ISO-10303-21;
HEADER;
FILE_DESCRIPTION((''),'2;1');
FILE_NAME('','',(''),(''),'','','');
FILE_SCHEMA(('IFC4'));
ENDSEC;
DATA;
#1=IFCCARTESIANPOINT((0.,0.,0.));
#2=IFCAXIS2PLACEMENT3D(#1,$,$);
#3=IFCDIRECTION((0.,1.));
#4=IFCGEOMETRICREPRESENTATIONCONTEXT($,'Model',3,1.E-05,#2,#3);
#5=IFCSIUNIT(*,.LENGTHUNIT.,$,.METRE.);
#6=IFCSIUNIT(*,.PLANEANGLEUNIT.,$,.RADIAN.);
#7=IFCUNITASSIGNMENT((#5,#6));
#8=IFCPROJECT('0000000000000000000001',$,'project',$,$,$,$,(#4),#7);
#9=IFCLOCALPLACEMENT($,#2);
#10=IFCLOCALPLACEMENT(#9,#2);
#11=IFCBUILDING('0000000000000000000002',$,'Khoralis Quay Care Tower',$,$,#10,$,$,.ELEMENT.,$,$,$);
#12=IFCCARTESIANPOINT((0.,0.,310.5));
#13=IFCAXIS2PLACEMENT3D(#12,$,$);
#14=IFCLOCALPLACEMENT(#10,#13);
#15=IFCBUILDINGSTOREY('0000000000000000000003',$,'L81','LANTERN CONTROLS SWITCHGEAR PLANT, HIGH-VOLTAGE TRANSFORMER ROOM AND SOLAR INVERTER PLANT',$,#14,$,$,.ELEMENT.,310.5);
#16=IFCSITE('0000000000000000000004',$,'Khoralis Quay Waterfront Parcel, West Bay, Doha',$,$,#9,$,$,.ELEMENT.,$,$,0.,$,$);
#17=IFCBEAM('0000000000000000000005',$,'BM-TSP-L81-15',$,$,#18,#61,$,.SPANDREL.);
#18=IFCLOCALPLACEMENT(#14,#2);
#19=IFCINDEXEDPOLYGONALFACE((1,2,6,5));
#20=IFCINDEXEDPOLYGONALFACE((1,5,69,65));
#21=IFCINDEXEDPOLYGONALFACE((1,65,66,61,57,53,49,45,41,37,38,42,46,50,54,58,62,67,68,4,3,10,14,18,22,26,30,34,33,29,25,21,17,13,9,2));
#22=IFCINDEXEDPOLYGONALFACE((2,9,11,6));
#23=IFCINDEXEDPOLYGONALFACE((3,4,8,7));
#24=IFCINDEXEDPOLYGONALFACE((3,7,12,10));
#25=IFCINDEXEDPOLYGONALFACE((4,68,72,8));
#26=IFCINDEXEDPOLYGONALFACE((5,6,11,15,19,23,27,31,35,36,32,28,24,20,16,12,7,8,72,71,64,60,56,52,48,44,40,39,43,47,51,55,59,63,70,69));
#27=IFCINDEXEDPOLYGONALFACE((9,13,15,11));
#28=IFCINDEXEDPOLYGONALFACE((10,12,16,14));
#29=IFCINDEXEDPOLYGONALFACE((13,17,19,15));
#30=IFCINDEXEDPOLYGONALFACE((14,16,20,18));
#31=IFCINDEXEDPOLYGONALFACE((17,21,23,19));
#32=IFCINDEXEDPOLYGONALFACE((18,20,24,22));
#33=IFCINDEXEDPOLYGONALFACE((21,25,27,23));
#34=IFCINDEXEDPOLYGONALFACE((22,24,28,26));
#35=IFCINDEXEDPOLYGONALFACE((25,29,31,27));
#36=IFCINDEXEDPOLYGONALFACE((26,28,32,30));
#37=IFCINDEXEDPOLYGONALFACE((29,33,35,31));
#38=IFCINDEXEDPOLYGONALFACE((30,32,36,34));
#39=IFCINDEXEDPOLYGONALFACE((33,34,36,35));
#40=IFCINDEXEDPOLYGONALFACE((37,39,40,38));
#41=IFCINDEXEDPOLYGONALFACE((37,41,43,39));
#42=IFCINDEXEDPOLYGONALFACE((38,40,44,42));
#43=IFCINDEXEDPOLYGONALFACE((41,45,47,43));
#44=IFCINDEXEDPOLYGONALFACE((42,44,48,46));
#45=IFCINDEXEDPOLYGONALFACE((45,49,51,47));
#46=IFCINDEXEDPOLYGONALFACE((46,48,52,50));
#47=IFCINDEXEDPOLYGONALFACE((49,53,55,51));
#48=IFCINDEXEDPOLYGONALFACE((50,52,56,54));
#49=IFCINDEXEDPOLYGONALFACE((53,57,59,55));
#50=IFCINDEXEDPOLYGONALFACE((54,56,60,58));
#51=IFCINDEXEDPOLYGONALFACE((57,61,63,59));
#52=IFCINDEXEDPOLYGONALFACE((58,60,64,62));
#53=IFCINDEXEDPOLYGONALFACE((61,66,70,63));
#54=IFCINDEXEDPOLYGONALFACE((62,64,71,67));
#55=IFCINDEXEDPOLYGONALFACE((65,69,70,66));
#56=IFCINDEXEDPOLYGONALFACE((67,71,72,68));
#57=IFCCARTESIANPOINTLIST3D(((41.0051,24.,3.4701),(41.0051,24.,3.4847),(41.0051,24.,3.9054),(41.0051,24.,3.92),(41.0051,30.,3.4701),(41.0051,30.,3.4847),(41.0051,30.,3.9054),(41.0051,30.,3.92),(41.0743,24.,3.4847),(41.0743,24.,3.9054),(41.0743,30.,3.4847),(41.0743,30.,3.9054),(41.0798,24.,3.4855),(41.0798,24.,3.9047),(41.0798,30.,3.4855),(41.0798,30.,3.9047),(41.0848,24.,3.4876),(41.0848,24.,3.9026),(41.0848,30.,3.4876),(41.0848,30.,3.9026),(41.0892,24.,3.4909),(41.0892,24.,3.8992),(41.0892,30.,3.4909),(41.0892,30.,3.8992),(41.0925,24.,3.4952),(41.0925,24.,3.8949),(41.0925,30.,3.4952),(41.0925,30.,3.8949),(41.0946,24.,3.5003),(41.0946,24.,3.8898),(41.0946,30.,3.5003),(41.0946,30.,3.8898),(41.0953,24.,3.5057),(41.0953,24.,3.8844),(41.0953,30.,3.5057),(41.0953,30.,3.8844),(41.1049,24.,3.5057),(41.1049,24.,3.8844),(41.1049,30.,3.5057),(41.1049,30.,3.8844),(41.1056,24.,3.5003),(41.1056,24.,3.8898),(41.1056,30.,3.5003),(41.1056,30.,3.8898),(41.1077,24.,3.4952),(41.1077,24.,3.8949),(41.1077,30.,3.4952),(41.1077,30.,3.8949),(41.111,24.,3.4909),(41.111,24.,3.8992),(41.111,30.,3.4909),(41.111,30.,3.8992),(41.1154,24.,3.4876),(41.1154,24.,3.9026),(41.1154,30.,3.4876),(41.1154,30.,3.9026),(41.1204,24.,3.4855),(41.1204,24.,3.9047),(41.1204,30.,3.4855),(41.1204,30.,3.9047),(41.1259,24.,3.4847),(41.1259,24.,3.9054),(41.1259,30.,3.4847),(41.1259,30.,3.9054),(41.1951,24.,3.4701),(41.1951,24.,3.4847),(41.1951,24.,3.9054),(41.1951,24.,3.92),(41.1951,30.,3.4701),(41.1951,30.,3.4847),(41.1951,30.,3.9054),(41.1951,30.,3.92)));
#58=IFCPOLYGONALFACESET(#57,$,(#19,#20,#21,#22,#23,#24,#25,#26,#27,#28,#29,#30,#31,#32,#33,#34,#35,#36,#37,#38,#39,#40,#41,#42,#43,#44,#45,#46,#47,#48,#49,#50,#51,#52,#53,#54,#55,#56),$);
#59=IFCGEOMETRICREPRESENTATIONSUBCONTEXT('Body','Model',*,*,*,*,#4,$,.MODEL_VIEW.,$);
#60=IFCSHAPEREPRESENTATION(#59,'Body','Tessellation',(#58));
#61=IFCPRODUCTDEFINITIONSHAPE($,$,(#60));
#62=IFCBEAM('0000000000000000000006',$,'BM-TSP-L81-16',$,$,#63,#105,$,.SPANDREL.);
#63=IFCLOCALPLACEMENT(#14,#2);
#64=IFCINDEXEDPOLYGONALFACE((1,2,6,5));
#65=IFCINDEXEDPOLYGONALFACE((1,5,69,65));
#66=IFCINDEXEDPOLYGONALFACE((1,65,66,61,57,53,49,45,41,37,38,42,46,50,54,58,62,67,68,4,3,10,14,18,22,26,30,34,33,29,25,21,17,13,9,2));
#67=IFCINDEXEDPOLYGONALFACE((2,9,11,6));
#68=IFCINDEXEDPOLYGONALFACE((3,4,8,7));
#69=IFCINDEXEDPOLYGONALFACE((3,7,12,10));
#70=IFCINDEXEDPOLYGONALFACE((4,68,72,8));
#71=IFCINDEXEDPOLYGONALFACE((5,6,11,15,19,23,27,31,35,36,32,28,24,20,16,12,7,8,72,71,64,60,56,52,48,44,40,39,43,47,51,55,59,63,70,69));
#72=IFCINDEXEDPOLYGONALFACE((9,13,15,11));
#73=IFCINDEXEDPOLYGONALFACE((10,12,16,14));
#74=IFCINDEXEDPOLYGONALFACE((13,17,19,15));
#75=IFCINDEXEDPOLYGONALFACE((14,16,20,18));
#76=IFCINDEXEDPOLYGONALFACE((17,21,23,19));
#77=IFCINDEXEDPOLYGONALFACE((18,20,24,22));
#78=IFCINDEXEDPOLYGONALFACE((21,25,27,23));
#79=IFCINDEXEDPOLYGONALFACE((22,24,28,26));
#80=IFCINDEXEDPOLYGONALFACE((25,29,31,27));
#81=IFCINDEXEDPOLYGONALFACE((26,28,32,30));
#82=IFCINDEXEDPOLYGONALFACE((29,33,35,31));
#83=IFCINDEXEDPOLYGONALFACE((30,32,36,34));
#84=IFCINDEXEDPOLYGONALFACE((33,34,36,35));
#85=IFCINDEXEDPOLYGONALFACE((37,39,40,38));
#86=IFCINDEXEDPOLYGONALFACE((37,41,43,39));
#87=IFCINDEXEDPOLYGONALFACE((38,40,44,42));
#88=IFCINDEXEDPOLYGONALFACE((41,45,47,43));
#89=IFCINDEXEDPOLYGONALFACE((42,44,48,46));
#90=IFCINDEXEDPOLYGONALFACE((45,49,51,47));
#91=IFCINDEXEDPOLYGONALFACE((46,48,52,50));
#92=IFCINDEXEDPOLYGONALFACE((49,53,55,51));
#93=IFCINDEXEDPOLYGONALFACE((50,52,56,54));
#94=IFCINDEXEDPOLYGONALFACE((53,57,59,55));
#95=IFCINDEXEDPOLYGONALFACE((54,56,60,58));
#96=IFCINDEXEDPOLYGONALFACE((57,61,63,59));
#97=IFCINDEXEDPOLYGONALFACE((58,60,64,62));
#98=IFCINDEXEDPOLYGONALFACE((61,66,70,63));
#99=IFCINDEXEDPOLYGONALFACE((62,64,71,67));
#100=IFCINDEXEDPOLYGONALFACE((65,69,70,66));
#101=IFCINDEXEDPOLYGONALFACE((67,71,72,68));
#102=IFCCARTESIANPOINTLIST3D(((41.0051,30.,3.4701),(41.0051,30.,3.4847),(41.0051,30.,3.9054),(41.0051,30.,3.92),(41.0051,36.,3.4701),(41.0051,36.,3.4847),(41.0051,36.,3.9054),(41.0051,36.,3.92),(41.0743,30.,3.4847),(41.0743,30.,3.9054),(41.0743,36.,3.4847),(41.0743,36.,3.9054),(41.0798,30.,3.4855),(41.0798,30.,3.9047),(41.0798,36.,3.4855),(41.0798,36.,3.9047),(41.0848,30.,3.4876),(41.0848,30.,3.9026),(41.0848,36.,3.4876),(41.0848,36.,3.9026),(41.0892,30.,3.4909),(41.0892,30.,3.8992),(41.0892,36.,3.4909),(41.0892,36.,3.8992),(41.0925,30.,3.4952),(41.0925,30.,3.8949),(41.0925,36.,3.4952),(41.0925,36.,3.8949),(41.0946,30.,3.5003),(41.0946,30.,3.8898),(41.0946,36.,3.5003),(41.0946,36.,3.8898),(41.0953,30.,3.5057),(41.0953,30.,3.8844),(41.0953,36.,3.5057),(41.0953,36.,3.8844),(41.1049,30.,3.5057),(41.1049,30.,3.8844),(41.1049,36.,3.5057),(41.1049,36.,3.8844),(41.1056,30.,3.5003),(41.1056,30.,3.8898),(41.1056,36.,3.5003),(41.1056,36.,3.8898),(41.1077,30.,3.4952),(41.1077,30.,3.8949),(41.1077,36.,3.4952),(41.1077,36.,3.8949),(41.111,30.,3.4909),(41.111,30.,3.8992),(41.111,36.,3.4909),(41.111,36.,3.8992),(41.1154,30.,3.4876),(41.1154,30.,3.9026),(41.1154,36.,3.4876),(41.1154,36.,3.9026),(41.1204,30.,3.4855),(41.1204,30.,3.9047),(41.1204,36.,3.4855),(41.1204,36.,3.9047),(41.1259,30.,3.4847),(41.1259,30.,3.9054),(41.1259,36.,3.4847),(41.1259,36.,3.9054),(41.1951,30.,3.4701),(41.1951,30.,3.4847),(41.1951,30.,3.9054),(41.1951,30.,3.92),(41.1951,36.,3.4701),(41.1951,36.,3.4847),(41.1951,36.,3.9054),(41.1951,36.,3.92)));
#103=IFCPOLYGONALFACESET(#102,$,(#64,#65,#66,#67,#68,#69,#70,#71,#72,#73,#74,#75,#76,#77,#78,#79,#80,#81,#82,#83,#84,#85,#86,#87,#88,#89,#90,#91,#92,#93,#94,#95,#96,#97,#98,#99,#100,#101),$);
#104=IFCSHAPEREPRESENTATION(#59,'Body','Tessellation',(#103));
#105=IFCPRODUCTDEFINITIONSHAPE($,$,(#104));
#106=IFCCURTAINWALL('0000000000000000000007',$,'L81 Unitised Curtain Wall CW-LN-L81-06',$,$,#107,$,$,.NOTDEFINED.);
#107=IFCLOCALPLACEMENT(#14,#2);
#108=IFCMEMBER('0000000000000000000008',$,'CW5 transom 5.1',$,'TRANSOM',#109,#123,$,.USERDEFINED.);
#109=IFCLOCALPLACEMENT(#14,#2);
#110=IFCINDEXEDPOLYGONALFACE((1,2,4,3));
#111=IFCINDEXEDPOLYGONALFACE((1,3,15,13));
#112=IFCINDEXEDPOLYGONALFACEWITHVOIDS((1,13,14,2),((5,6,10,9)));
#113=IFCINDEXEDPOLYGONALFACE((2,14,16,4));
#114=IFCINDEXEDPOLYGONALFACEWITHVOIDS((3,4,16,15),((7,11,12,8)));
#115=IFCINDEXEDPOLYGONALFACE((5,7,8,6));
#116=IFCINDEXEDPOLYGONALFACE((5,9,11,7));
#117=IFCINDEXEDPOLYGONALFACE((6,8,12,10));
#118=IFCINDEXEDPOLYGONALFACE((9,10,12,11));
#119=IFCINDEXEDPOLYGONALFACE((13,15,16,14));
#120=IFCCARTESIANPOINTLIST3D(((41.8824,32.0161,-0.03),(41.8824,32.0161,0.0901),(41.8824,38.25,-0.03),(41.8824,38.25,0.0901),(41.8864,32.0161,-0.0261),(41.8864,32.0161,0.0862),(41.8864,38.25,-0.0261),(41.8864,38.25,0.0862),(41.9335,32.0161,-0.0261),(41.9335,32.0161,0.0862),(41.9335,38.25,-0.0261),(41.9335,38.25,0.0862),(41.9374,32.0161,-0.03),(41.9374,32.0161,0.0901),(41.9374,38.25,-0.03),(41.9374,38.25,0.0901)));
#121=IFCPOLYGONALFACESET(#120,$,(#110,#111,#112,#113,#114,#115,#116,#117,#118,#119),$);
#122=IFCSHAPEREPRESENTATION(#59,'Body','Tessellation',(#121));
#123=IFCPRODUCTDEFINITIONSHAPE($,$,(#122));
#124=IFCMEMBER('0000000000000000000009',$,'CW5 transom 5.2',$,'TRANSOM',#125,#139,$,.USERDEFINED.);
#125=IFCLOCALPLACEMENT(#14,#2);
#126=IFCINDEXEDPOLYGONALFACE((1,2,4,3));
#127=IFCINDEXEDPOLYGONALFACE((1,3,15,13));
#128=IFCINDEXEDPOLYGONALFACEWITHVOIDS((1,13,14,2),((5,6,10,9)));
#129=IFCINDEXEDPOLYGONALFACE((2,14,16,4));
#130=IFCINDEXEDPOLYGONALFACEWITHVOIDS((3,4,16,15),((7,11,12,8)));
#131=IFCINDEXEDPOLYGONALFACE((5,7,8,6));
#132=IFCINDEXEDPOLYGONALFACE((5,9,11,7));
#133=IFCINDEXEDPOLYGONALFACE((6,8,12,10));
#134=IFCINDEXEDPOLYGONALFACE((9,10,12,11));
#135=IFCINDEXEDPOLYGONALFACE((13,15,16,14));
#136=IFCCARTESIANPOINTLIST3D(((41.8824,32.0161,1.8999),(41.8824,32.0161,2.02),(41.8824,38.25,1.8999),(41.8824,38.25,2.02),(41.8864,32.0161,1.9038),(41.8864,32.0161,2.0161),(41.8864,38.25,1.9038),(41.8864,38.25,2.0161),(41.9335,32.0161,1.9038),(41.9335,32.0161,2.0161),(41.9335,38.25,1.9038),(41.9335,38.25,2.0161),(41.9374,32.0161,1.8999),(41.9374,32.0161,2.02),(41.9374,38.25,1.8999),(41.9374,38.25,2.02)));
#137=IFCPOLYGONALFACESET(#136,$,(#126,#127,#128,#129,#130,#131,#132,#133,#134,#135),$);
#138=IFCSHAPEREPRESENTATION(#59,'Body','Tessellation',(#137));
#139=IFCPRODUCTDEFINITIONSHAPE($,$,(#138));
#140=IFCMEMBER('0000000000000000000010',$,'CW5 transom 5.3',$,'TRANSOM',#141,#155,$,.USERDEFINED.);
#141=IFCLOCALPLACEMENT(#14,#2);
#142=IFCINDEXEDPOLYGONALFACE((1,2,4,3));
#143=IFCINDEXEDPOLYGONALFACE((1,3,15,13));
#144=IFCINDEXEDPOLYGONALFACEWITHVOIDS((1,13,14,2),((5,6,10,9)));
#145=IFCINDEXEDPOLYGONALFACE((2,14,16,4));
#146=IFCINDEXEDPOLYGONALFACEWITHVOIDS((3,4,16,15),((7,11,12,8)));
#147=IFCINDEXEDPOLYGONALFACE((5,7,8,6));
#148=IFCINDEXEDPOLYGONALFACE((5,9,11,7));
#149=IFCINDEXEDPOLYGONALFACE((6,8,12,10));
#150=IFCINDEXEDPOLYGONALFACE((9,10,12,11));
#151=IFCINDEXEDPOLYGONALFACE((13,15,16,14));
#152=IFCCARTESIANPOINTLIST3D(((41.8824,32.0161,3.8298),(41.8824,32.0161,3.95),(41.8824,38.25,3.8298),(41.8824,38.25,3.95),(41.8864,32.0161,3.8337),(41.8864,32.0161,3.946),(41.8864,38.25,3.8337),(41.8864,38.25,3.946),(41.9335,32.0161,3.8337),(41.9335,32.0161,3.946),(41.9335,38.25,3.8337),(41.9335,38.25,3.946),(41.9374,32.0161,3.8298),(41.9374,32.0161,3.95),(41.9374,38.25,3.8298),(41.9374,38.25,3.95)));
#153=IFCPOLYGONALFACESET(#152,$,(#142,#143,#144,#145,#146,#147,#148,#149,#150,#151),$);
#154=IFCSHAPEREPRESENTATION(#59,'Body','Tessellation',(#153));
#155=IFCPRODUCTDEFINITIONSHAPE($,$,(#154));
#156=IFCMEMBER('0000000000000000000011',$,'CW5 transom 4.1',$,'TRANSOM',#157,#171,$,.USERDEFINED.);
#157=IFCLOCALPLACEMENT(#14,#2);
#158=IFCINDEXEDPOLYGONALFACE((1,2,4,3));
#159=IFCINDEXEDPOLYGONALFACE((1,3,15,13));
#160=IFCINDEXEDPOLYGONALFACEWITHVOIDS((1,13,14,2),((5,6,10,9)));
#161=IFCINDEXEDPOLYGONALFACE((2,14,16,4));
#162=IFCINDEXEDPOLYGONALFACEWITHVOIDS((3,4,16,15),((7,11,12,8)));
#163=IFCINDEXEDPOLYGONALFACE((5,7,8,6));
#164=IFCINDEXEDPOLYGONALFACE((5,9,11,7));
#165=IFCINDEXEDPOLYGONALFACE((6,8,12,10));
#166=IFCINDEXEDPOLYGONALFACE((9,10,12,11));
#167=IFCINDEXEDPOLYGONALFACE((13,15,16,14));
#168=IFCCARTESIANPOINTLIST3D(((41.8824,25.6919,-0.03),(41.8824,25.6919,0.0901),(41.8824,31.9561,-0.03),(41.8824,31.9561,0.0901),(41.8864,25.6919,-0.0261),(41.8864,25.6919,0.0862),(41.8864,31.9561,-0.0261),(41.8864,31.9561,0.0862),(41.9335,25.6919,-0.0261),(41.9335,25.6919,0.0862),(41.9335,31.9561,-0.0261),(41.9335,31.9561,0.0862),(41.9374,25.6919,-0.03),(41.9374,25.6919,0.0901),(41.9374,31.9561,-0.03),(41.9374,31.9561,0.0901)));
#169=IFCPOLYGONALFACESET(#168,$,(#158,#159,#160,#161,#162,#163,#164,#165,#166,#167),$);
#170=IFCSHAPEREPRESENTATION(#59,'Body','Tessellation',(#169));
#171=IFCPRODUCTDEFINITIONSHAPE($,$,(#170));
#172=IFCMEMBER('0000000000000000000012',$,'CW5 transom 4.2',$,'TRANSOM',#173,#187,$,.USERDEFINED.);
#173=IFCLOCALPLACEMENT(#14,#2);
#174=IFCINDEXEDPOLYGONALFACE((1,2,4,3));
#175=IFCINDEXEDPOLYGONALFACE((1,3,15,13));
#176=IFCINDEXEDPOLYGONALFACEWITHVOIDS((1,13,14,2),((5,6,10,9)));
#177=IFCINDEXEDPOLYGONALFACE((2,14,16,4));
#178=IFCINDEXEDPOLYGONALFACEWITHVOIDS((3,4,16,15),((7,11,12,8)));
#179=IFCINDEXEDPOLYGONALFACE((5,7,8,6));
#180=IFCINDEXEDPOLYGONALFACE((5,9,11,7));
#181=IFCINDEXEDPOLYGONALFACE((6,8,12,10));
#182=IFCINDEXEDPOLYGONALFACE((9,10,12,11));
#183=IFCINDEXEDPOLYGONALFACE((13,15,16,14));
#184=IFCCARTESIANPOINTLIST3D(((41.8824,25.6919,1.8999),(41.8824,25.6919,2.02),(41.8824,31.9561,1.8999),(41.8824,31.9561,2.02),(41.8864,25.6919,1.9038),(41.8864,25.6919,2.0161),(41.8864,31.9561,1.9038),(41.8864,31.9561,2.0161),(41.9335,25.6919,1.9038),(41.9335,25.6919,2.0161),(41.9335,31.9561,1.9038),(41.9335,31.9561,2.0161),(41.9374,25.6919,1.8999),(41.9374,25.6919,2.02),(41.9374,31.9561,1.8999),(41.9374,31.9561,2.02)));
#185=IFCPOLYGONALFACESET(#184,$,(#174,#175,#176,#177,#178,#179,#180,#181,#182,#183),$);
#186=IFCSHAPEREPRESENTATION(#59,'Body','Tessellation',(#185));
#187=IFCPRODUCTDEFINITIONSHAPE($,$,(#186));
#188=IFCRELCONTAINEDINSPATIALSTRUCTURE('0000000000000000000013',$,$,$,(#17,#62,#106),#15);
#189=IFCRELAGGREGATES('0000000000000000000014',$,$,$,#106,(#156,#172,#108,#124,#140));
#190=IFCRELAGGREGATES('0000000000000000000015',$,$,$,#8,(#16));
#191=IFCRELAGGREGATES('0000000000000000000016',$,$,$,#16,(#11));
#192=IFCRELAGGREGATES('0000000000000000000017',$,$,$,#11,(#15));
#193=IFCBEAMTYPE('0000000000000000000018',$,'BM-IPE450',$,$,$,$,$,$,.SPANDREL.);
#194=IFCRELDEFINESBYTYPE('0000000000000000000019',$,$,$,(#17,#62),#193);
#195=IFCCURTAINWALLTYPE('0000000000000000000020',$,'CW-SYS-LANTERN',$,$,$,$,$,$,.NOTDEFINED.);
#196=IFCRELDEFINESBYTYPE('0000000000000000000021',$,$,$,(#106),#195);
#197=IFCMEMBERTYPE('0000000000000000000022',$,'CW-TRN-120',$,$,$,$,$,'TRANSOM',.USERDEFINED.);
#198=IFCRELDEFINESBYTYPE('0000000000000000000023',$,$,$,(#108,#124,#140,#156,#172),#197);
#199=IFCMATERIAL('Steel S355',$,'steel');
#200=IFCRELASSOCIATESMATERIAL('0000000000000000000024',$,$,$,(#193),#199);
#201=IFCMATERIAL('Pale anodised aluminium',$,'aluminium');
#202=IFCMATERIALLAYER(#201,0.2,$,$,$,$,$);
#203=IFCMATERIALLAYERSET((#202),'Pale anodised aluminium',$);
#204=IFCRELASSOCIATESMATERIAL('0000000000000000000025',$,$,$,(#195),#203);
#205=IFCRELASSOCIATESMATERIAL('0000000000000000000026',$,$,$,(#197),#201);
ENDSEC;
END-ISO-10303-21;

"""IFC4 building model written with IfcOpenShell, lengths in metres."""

from ifc_helpers import new_model, si_unit, direction, frame, origin, origin_2d, place, context, subcontext, project, spatial, hollow_rectangle, i_section, extrude, source, transform, mapped, material, layer, layer_set, material_profile, profile_set, type_object, element, aggregate, save


model = new_model("IFC4")

# Units and contexts
model_context = context("Model", 3, precision=1e-05, world=origin(), true_north=direction((0.0, 1.0)))
body_context = subcontext(model_context, "Body", "Model", "MODEL_VIEW")
ifc_project = project(units=[si_unit("LENGTHUNIT", "METRE"), si_unit("PLANEANGLEUNIT", "RADIAN")], contexts=[model_context])

# Site, building, storey
site_placement = place(None, origin())
site = spatial("IfcSite", under=ifc_project, at=site_placement, Name="Khoralis Quay Waterfront Parcel, West Bay, Doha", CompositionType="ELEMENT", RefElevation=0.0)
building_placement = place(site_placement, origin())
building = spatial("IfcBuilding", under=site, at=building_placement, Name="Khoralis Quay Care Tower", CompositionType="ELEMENT")
storey_placement = place(building_placement, frame((0.0, 0.0, 310.5)))
storey = spatial("IfcBuildingStorey", under=building, at=storey_placement, Name="L81", Description="LANTERN CONTROLS SWITCHGEAR PLANT, HIGH-VOLTAGE TRANSFORMER ROOM AND SOLAR INVERTER PLANT", CompositionType="ELEMENT", Elevation=310.5)

# Beams
ifc_material_1 = material(Name="Steel S355", Category="steel")
ifc_material_profile_1 = material_profile(ifc_material_1, i_section(OverallWidth=0.1899, OverallDepth=0.45, WebThickness=0.0095, FlangeThickness=0.0146, FilletRadius=0.021, at=origin_2d()), Name="Steel S355")
ifc_profile_set_1 = profile_set([ifc_material_profile_1], Name="Steel S355")
beam_type = type_object("IfcBeamType", Name="BM-IPE450", PredefinedType="SPANDREL", material=ifc_profile_set_1)
shared_shape_1 = source(origin(), body_context, "Body", "SweptSolid", [
    extrude(i_section(OverallWidth=0.1899, OverallDepth=0.45, WebThickness=0.0095, FlangeThickness=0.0146, FilletRadius=0.021, at=origin_2d()), origin(), (0.0, 0.0, 1.0), 6.0),
])
for number, where, z_axis, x_axis, name in (
    (1, (41.1001, 24.0, 3.6951), (0.0, 1.0, 0.0), (-1.0, 0.0, 0.0), "BM-TSP-L81-15"),
    (2, (41.1001, 30.0, 3.6951), (0.0, 1.0, 0.0), (-1.0, 0.0, 0.0), "BM-TSP-L81-16"),
):
    element("IfcBeam", number, at=place(storey_placement, frame(where, z_axis=z_axis, x_axis=x_axis)), inside=storey, type_object=beam_type, Name=name, PredefinedType="SPANDREL", context=body_context, shape_type="MappedRepresentation", body=[
        mapped(shared_shape_1, transform((0.0, 0.0, 0.0), scale=1.0)),
    ])

# Curtain wall, members
ifc_material_2 = material(Name="Pale anodised aluminium", Category="aluminium")
ifc_layer_1 = layer(ifc_material_2, 0.2)
ifc_layer_set_1 = layer_set([ifc_layer_1], Name="Pale anodised aluminium")
curtain_wall_type = type_object("IfcCurtainWallType", Name="CW-SYS-LANTERN", PredefinedType="NOTDEFINED", material=ifc_layer_set_1)
curtain_wall_1_placement = place(storey_placement, origin())
curtain_wall_1 = element("IfcCurtainWall", 3, at=curtain_wall_1_placement, inside=storey, type_object=curtain_wall_type, Name="L81 Unitised Curtain Wall CW-LN-L81-06", PredefinedType="NOTDEFINED")
ifc_material_profile_2 = material_profile(ifc_material_2, hollow_rectangle(XDim=0.0549, YDim=0.1201, WallThickness=0.0039, at=origin_2d()), Name="Pale anodised aluminium")
ifc_profile_set_2 = profile_set([ifc_material_profile_2], Name="Pale anodised aluminium")
member_type_1 = type_object("IfcMemberType", Name="CW-TRN-120", ElementType="TRANSOM", PredefinedType="USERDEFINED", material=ifc_profile_set_2)
shared_shape_2 = source(origin(), body_context, "Body", "SweptSolid", [
    extrude(hollow_rectangle(XDim=0.0549, YDim=0.1201, WallThickness=0.0039, at=origin_2d()), origin(), (0.0, 0.0, 1.0), 6.2339),
])
member_1_placement = place(storey_placement, frame((41.9099, 32.0161, 0.03), z_axis=(0.0, 1.0, 0.0), x_axis=(-1.0, 0.0, 0.0)))
member_1 = element("IfcMember", 4, at=member_1_placement, type_object=member_type_1, Name="CW5 transom 5.1", ObjectType="TRANSOM", PredefinedType="USERDEFINED", context=body_context, shape_type="MappedRepresentation", body=[
    mapped(shared_shape_2, transform((0.0, 0.0, 0.0), scale=1.0)),
])
member_2_placement = place(storey_placement, frame((41.9099, 32.0161, 1.96), z_axis=(0.0, 1.0, 0.0), x_axis=(-1.0, 0.0, 0.0)))
member_2 = element("IfcMember", 5, at=member_2_placement, type_object=member_type_1, Name="CW5 transom 5.2", ObjectType="TRANSOM", PredefinedType="USERDEFINED", context=body_context, shape_type="MappedRepresentation", body=[
    mapped(shared_shape_2, transform((0.0, 0.0, 0.0), scale=1.0)),
])
member_3_placement = place(storey_placement, frame((41.9099, 32.0161, 3.8899), z_axis=(0.0, 1.0, 0.0), x_axis=(-1.0, 0.0, 0.0)))
member_3 = element("IfcMember", 6, at=member_3_placement, type_object=member_type_1, Name="CW5 transom 5.3", ObjectType="TRANSOM", PredefinedType="USERDEFINED", context=body_context, shape_type="MappedRepresentation", body=[
    mapped(shared_shape_2, transform((0.0, 0.0, 0.0), scale=1.0)),
])
shared_shape_3 = source(origin(), body_context, "Body", "SweptSolid", [
    extrude(hollow_rectangle(XDim=0.0549, YDim=0.1201, WallThickness=0.0039, at=origin_2d()), origin(), (0.0, 0.0, 1.0), 6.2642),
])
member_4_placement = place(storey_placement, frame((41.9099, 25.6919, 0.03), z_axis=(0.0, 1.0, 0.0), x_axis=(-1.0, 0.0, 0.0)))
member_4 = element("IfcMember", 7, at=member_4_placement, type_object=member_type_1, Name="CW5 transom 4.1", ObjectType="TRANSOM", PredefinedType="USERDEFINED", context=body_context, shape_type="MappedRepresentation", body=[
    mapped(shared_shape_3, transform((0.0, 0.0, 0.0), scale=1.0)),
])
member_5_placement = place(storey_placement, frame((41.9099, 25.6919, 1.96), z_axis=(0.0, 1.0, 0.0), x_axis=(-1.0, 0.0, 0.0)))
member_5 = element("IfcMember", 8, at=member_5_placement, type_object=member_type_1, Name="CW5 transom 4.2", ObjectType="TRANSOM", PredefinedType="USERDEFINED", context=body_context, shape_type="MappedRepresentation", body=[
    mapped(shared_shape_3, transform((0.0, 0.0, 0.0), scale=1.0)),
])

aggregate(curtain_wall_1, [member_4, member_5, member_1, member_2, member_3])

save(model, "model.ifc")
